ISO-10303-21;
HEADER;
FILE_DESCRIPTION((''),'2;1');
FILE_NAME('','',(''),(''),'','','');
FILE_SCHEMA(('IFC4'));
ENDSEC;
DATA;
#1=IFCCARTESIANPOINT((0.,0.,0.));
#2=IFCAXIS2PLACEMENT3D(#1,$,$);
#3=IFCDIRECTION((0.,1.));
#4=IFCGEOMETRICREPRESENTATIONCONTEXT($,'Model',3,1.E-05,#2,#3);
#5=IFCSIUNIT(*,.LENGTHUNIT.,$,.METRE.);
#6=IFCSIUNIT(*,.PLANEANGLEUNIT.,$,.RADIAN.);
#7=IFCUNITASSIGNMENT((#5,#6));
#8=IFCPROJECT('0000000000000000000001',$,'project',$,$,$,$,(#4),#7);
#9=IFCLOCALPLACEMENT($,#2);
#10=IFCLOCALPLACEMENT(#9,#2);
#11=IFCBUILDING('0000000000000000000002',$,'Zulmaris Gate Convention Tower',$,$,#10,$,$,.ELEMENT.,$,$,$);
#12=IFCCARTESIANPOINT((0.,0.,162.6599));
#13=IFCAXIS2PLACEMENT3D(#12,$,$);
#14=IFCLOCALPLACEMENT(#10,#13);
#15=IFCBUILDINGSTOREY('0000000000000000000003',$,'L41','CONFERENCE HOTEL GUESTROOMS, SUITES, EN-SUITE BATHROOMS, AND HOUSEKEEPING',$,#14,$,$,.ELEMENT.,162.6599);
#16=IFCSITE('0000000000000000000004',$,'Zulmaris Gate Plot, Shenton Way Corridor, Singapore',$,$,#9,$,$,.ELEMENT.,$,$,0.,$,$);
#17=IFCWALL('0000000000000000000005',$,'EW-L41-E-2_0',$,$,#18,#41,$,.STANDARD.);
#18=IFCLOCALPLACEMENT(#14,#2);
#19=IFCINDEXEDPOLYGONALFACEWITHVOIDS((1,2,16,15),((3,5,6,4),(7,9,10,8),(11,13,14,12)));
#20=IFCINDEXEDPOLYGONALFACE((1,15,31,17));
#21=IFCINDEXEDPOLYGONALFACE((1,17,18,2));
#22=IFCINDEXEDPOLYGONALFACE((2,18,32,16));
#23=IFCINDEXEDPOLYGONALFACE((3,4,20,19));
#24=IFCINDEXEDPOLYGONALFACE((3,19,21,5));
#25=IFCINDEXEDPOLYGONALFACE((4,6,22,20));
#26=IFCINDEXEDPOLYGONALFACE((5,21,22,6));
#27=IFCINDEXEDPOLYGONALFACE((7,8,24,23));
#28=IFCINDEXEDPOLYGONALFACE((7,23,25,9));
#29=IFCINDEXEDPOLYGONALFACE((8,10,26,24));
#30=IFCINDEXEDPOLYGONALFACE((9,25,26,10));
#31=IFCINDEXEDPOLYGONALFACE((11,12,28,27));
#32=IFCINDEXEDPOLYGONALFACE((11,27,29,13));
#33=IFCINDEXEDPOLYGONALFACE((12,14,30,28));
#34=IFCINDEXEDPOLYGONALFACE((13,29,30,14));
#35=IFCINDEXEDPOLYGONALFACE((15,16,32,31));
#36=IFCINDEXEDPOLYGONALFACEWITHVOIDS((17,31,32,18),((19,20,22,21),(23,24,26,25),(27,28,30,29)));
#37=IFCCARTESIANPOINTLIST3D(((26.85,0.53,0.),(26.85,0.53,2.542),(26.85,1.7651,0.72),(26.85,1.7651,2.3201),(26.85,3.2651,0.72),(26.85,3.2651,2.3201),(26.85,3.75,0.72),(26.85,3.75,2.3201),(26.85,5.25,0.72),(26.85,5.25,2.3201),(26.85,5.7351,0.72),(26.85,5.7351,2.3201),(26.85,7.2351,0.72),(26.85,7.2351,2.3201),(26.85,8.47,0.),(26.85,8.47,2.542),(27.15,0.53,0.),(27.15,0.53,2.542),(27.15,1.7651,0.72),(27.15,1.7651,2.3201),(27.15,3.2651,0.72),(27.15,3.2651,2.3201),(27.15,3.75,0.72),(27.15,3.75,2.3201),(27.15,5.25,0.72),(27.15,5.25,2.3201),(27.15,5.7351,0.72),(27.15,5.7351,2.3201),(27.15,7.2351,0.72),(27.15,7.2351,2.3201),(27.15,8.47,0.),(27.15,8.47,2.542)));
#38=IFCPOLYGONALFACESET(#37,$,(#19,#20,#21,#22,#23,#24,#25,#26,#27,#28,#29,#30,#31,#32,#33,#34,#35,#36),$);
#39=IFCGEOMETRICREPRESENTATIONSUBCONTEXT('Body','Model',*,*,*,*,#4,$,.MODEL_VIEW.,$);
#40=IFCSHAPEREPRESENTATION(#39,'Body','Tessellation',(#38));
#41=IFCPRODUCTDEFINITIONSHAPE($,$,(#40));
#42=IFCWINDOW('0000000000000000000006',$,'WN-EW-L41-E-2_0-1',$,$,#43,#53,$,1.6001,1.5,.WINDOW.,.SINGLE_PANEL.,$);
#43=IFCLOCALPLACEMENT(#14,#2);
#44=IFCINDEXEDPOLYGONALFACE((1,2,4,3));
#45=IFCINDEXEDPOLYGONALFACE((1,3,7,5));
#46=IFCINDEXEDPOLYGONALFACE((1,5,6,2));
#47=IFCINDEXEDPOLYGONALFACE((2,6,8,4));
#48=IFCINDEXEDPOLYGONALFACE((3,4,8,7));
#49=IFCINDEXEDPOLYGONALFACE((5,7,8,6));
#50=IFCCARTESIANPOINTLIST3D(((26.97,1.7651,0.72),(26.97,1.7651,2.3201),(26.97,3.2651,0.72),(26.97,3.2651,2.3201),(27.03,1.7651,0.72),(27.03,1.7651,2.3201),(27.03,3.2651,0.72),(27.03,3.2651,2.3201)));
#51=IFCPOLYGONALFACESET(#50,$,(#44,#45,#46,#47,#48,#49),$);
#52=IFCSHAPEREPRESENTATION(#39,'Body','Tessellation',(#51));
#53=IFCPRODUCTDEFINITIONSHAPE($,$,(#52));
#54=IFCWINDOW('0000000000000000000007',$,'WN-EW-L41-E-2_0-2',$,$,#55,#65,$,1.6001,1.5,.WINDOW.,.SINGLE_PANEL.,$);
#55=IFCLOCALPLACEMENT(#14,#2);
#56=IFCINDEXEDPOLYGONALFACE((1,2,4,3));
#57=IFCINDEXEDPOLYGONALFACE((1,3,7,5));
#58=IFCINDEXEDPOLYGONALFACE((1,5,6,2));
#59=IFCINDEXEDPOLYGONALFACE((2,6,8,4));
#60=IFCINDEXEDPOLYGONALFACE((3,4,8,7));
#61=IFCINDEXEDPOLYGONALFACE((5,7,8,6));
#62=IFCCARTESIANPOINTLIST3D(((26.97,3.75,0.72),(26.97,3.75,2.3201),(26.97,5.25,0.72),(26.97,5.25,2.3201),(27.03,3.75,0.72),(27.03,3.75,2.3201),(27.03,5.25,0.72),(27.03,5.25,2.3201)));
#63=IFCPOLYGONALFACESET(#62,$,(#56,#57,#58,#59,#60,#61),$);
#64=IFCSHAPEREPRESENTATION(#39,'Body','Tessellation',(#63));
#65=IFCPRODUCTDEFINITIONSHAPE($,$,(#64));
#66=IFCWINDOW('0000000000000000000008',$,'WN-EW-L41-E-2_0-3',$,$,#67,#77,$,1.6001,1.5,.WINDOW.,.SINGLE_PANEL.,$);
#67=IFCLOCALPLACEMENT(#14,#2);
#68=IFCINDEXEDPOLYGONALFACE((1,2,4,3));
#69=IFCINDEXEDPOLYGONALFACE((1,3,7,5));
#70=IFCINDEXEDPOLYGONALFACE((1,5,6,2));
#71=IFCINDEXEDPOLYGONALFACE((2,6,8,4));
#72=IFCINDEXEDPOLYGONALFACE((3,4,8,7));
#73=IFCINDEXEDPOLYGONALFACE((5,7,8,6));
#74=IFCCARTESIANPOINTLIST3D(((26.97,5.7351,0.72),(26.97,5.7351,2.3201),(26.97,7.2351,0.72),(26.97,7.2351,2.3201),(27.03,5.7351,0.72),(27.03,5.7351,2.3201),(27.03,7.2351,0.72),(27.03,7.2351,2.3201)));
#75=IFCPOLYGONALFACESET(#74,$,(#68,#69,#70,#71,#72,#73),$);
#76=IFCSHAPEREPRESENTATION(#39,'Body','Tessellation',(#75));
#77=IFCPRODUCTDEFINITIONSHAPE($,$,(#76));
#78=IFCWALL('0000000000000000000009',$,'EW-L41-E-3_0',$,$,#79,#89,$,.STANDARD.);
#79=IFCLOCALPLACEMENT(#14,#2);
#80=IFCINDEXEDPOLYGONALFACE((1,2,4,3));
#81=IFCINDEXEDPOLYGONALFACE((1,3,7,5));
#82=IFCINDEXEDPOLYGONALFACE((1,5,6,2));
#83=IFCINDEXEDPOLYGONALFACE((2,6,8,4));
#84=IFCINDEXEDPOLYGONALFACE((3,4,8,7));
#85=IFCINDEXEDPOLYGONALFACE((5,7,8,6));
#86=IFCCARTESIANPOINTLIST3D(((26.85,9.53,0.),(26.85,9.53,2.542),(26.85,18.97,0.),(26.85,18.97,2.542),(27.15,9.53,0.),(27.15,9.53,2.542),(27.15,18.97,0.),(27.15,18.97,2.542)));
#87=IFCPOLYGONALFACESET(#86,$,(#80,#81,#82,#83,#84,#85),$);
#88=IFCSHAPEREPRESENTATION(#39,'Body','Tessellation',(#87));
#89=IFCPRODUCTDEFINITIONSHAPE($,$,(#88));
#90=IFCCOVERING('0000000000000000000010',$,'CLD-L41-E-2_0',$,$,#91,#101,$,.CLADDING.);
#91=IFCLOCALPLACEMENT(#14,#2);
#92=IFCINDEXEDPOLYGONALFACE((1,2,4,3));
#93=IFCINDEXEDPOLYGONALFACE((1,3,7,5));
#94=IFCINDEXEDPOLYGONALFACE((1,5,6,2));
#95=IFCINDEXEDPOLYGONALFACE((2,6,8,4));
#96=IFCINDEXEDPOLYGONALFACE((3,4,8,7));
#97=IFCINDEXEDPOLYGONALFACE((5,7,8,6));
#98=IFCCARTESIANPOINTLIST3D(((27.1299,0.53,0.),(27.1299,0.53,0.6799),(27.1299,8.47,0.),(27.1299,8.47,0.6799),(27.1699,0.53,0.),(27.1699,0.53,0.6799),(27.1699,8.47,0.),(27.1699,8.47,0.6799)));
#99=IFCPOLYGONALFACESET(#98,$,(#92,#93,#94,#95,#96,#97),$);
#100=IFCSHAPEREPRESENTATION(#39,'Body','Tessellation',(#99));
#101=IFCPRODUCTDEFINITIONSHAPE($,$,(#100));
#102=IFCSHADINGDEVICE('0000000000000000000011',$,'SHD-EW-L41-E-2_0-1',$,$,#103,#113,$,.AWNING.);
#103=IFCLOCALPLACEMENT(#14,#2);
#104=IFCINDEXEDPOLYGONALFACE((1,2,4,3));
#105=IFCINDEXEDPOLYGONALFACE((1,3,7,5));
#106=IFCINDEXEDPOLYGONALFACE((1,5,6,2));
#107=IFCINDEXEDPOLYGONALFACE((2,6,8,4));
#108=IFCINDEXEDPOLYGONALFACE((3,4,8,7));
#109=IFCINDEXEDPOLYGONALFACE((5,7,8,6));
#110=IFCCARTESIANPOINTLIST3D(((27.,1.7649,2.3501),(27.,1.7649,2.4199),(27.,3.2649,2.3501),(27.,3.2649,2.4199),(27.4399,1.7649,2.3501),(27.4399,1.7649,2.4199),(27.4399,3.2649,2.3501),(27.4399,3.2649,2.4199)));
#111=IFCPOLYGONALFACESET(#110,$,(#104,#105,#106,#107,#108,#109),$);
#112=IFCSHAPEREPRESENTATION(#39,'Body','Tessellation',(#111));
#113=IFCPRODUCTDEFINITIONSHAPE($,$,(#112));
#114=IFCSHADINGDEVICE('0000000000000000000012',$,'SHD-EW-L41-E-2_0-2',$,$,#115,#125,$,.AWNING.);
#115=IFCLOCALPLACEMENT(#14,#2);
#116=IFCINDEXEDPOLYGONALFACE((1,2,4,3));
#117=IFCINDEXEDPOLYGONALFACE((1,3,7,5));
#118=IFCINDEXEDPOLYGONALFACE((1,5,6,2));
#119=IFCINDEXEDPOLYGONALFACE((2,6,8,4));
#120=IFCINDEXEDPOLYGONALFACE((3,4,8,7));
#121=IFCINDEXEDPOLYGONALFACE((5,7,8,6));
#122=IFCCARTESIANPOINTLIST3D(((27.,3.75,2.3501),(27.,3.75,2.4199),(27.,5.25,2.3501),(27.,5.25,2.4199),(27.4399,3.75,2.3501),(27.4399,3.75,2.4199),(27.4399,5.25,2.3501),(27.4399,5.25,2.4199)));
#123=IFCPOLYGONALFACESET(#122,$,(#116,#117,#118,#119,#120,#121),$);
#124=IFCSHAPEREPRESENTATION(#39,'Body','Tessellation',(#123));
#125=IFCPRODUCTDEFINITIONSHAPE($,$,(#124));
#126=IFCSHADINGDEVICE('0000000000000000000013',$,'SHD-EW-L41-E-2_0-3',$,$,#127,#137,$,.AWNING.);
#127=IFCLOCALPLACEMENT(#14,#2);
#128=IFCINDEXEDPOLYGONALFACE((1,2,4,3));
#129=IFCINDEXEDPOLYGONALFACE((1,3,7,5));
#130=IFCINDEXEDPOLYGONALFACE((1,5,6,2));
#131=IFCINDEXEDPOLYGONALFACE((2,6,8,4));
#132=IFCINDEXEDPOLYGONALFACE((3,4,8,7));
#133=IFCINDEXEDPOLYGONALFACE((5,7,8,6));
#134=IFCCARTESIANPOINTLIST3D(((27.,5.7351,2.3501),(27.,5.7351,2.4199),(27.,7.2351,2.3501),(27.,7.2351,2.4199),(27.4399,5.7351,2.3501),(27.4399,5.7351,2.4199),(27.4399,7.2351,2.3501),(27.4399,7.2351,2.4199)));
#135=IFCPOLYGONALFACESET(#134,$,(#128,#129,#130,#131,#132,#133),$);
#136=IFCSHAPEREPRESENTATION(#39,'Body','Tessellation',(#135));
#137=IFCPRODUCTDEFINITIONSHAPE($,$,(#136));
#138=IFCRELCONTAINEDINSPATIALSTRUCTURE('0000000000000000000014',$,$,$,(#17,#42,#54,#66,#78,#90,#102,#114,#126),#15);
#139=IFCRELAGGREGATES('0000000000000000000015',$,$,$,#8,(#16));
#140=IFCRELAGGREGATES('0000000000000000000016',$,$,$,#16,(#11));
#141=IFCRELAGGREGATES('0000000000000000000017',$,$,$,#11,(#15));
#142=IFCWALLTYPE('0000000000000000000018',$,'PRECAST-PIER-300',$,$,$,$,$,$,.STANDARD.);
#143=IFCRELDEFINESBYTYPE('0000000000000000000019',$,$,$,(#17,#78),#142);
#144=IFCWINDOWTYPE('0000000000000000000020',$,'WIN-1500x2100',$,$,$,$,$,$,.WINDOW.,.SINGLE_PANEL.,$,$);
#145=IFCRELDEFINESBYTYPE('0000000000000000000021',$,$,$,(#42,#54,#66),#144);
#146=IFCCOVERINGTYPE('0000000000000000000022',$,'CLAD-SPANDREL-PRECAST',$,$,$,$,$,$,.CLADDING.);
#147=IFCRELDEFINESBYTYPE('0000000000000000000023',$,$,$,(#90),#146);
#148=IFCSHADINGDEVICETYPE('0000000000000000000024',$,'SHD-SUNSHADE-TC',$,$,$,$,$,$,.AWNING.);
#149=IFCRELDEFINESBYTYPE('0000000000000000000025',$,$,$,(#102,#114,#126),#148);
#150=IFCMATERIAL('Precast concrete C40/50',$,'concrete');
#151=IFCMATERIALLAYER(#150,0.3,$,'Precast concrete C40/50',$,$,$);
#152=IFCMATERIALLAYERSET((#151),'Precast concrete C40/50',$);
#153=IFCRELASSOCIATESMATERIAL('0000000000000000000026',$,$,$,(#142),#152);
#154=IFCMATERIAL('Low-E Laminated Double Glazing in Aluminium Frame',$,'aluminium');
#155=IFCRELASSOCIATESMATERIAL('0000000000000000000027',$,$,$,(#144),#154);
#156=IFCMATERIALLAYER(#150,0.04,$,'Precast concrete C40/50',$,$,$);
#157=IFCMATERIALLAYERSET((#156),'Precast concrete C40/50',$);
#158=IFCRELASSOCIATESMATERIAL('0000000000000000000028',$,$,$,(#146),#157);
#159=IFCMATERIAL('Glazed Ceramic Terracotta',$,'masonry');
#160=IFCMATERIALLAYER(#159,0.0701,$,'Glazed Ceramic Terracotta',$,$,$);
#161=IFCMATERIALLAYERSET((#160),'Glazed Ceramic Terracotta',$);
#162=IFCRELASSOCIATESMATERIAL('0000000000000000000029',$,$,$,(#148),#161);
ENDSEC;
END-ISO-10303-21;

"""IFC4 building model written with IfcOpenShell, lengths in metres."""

from ifc_helpers import new_model, si_unit, direction, frame, frame_2d, origin, place, context, subcontext, project, spatial, rectangle, extrude, material, layer, layer_set, type_object, element, fill, save


model = new_model("IFC4")

# Units and contexts
model_context = context("Model", 3, precision=1e-05, world=origin(), true_north=direction((0.0, 1.0)))
body_context = subcontext(model_context, "Body", "Model", "MODEL_VIEW")
ifc_project = project(units=[si_unit("LENGTHUNIT", "METRE"), si_unit("PLANEANGLEUNIT", "RADIAN")], contexts=[model_context])

# Site, building, storey
site_placement = place(None, origin())
site = spatial("IfcSite", under=ifc_project, at=site_placement, Name="Zulmaris Gate Plot, Shenton Way Corridor, Singapore", CompositionType="ELEMENT", RefElevation=0.0)
building_placement = place(site_placement, origin())
building = spatial("IfcBuilding", under=site, at=building_placement, Name="Zulmaris Gate Convention Tower", CompositionType="ELEMENT")
storey_placement = place(building_placement, frame((0.0, 0.0, 162.6599)))
storey = spatial("IfcBuildingStorey", under=building, at=storey_placement, Name="L41", Description="CONFERENCE HOTEL GUESTROOMS, SUITES, EN-SUITE BATHROOMS, AND HOUSEKEEPING", CompositionType="ELEMENT", Elevation=162.6599)

# Wall, openings, windows
ifc_material_1 = material(Name="Precast concrete C40/50", Category="concrete")
ifc_layer_1 = layer(ifc_material_1, 0.3, Name="Precast concrete C40/50")
ifc_layer_set_1 = layer_set([ifc_layer_1], Name="Precast concrete C40/50")
wall_type_1 = type_object("IfcWallType", Name="PRECAST-PIER-300", PredefinedType="STANDARD", material=ifc_layer_set_1)
wall_1_placement = place(storey_placement, frame((27.0, 0.53, 0.0), z_axis=(0.0, 0.0, 1.0), x_axis=(0.0, 1.0, 0.0)))
wall_1 = element("IfcWall", 1, at=wall_1_placement, inside=storey, type_object=wall_type_1, Name="EW-L41-E-2_0", PredefinedType="STANDARD", context=body_context, shape_type="SweptSolid", body=[
    extrude(rectangle(XDim=7.9399, YDim=0.3, at=frame_2d((3.97, 0.0))), origin(), (0.0, 0.0, 1.0), 2.542),
])
opening_1_placement = place(wall_1_placement, frame((1.2351, 0.0, 0.72)))
opening_1 = element("IfcOpeningElement", 2, at=opening_1_placement, cuts=wall_1, PredefinedType="OPENING", context=body_context, shape_type="SweptSolid", body=[
    extrude(rectangle(XDim=1.5, YDim=1.6001, at=frame_2d((0.75, 0.8))), frame((0.0, 0.1602, 0.0), z_axis=(0.0, -1.0, 0.0), x_axis=(1.0, 0.0, 0.0)), (0.0, 0.0, 1.0), 0.3201),
])
opening_2_placement = place(wall_1_placement, frame((3.22, 0.0, 0.72)))
opening_2 = element("IfcOpeningElement", 3, at=opening_2_placement, cuts=wall_1, PredefinedType="OPENING", context=body_context, shape_type="SweptSolid", body=[
    extrude(rectangle(XDim=1.5, YDim=1.6001, at=frame_2d((0.75, 0.8))), frame((0.0, 0.1602, 0.0), z_axis=(0.0, -1.0, 0.0), x_axis=(1.0, 0.0, 0.0)), (0.0, 0.0, 1.0), 0.3201),
])
opening_3_placement = place(wall_1_placement, frame((5.2051, 0.0, 0.72)))
opening_3 = element("IfcOpeningElement", 4, at=opening_3_placement, cuts=wall_1, PredefinedType="OPENING", context=body_context, shape_type="SweptSolid", body=[
    extrude(rectangle(XDim=1.5, YDim=1.6001, at=frame_2d((0.75, 0.8))), frame((0.0, 0.1602, 0.0), z_axis=(0.0, -1.0, 0.0), x_axis=(1.0, 0.0, 0.0)), (0.0, 0.0, 1.0), 0.3201),
])
ifc_material_2 = material(Name="Low-E Laminated Double Glazing in Aluminium Frame", Category="aluminium")
window_type = type_object("IfcWindowType", Name="WIN-1500x2100", PartitioningType="SINGLE_PANEL", PredefinedType="WINDOW", material=ifc_material_2)
window_1_placement = place(opening_1_placement, origin())
window_1 = element("IfcWindow", 5, at=window_1_placement, inside=storey, type_object=window_type, Name="WN-EW-L41-E-2_0-1", OverallHeight=1.6001, OverallWidth=1.5, PartitioningType="SINGLE_PANEL", PredefinedType="WINDOW", context=body_context, shape_type="SweptSolid", body=[
    extrude(rectangle(XDim=1.5, YDim=1.6001, at=frame_2d((0.75, 0.8))), frame((0.0, 0.03, 0.0), z_axis=(0.0, -1.0, 0.0), x_axis=(1.0, 0.0, 0.0)), (0.0, 0.0, 1.0), 0.0601),
])
fill(opening_1, window_1)
window_2_placement = place(opening_2_placement, origin())
window_2 = element("IfcWindow", 6, at=window_2_placement, inside=storey, type_object=window_type, Name="WN-EW-L41-E-2_0-2", OverallHeight=1.6001, OverallWidth=1.5, PartitioningType="SINGLE_PANEL", PredefinedType="WINDOW", context=body_context, shape_type="SweptSolid", body=[
    extrude(rectangle(XDim=1.5, YDim=1.6001, at=frame_2d((0.75, 0.8))), frame((0.0, 0.03, 0.0), z_axis=(0.0, -1.0, 0.0), x_axis=(1.0, 0.0, 0.0)), (0.0, 0.0, 1.0), 0.0601),
])
fill(opening_2, window_2)
window_3_placement = place(opening_3_placement, origin())
window_3 = element("IfcWindow", 7, at=window_3_placement, inside=storey, type_object=window_type, Name="WN-EW-L41-E-2_0-3", OverallHeight=1.6001, OverallWidth=1.5, PartitioningType="SINGLE_PANEL", PredefinedType="WINDOW", context=body_context, shape_type="SweptSolid", body=[
    extrude(rectangle(XDim=1.5, YDim=1.6001, at=frame_2d((0.75, 0.8))), frame((0.0, 0.03, 0.0), z_axis=(0.0, -1.0, 0.0), x_axis=(1.0, 0.0, 0.0)), (0.0, 0.0, 1.0), 0.0601),
])
fill(opening_3, window_3)

# Wall
wall_2_placement = place(storey_placement, frame((27.0, 9.53, 0.0), z_axis=(0.0, 0.0, 1.0), x_axis=(0.0, 1.0, 0.0)))
element("IfcWall", 8, at=wall_2_placement, inside=storey, type_object=wall_type_1, Name="EW-L41-E-3_0", PredefinedType="STANDARD", context=body_context, shape_type="SweptSolid", body=[
    extrude(rectangle(XDim=9.4399, YDim=0.3, at=frame_2d((4.72, 0.0))), origin(), (0.0, 0.0, 1.0), 2.542),
])

# Covering
ifc_layer_2 = layer(ifc_material_1, 0.04, Name="Precast concrete C40/50")
ifc_layer_set_2 = layer_set([ifc_layer_2], Name="Precast concrete C40/50")
covering_type = type_object("IfcCoveringType", Name="CLAD-SPANDREL-PRECAST", PredefinedType="CLADDING", material=ifc_layer_set_2)
covering_placement = place(storey_placement, frame((27.1499, 0.53, 0.0), z_axis=(0.0, 0.0, 1.0), x_axis=(0.0, 1.0, 0.0)))
element("IfcCovering", 9, at=covering_placement, inside=storey, type_object=covering_type, Name="CLD-L41-E-2_0", PredefinedType="CLADDING", context=body_context, shape_type="SweptSolid", body=[
    extrude(rectangle(XDim=7.9399, YDim=0.04, at=frame_2d((3.97, 0.0))), origin(), (0.0, 0.0, 1.0), 0.6799),
])

# Shading devices
ifc_material_3 = material(Name="Glazed Ceramic Terracotta", Category="masonry")
ifc_layer_3 = layer(ifc_material_3, 0.0701, Name="Glazed Ceramic Terracotta")
ifc_layer_set_3 = layer_set([ifc_layer_3], Name="Glazed Ceramic Terracotta")
shading_device_type = type_object("IfcShadingDeviceType", Name="SHD-SUNSHADE-TC", PredefinedType="AWNING", material=ifc_layer_set_3)
for number, where, z_axis, x_axis, name in (
    (10, (27.22, 1.7649, 2.3501), (0.0, 0.0, 1.0), (0.0, 1.0, 0.0), "SHD-EW-L41-E-2_0-1"),
    (11, (27.22, 3.75, 2.3501), (0.0, 0.0, 1.0), (0.0, 1.0, 0.0), "SHD-EW-L41-E-2_0-2"),
    (12, (27.22, 5.7351, 2.3501), (0.0, 0.0, 1.0), (0.0, 1.0, 0.0), "SHD-EW-L41-E-2_0-3"),
):
    element("IfcShadingDevice", number, at=place(storey_placement, frame(where, z_axis=z_axis, x_axis=x_axis)), inside=storey, type_object=shading_device_type, Name=name, PredefinedType="AWNING", context=body_context, shape_type="SweptSolid", body=[
        extrude(rectangle(XDim=1.5, YDim=0.4399, at=frame_2d((0.75, 0.0))), origin(), (0.0, 0.0, 1.0), 0.0698),
    ])

save(model, "model.ifc")
